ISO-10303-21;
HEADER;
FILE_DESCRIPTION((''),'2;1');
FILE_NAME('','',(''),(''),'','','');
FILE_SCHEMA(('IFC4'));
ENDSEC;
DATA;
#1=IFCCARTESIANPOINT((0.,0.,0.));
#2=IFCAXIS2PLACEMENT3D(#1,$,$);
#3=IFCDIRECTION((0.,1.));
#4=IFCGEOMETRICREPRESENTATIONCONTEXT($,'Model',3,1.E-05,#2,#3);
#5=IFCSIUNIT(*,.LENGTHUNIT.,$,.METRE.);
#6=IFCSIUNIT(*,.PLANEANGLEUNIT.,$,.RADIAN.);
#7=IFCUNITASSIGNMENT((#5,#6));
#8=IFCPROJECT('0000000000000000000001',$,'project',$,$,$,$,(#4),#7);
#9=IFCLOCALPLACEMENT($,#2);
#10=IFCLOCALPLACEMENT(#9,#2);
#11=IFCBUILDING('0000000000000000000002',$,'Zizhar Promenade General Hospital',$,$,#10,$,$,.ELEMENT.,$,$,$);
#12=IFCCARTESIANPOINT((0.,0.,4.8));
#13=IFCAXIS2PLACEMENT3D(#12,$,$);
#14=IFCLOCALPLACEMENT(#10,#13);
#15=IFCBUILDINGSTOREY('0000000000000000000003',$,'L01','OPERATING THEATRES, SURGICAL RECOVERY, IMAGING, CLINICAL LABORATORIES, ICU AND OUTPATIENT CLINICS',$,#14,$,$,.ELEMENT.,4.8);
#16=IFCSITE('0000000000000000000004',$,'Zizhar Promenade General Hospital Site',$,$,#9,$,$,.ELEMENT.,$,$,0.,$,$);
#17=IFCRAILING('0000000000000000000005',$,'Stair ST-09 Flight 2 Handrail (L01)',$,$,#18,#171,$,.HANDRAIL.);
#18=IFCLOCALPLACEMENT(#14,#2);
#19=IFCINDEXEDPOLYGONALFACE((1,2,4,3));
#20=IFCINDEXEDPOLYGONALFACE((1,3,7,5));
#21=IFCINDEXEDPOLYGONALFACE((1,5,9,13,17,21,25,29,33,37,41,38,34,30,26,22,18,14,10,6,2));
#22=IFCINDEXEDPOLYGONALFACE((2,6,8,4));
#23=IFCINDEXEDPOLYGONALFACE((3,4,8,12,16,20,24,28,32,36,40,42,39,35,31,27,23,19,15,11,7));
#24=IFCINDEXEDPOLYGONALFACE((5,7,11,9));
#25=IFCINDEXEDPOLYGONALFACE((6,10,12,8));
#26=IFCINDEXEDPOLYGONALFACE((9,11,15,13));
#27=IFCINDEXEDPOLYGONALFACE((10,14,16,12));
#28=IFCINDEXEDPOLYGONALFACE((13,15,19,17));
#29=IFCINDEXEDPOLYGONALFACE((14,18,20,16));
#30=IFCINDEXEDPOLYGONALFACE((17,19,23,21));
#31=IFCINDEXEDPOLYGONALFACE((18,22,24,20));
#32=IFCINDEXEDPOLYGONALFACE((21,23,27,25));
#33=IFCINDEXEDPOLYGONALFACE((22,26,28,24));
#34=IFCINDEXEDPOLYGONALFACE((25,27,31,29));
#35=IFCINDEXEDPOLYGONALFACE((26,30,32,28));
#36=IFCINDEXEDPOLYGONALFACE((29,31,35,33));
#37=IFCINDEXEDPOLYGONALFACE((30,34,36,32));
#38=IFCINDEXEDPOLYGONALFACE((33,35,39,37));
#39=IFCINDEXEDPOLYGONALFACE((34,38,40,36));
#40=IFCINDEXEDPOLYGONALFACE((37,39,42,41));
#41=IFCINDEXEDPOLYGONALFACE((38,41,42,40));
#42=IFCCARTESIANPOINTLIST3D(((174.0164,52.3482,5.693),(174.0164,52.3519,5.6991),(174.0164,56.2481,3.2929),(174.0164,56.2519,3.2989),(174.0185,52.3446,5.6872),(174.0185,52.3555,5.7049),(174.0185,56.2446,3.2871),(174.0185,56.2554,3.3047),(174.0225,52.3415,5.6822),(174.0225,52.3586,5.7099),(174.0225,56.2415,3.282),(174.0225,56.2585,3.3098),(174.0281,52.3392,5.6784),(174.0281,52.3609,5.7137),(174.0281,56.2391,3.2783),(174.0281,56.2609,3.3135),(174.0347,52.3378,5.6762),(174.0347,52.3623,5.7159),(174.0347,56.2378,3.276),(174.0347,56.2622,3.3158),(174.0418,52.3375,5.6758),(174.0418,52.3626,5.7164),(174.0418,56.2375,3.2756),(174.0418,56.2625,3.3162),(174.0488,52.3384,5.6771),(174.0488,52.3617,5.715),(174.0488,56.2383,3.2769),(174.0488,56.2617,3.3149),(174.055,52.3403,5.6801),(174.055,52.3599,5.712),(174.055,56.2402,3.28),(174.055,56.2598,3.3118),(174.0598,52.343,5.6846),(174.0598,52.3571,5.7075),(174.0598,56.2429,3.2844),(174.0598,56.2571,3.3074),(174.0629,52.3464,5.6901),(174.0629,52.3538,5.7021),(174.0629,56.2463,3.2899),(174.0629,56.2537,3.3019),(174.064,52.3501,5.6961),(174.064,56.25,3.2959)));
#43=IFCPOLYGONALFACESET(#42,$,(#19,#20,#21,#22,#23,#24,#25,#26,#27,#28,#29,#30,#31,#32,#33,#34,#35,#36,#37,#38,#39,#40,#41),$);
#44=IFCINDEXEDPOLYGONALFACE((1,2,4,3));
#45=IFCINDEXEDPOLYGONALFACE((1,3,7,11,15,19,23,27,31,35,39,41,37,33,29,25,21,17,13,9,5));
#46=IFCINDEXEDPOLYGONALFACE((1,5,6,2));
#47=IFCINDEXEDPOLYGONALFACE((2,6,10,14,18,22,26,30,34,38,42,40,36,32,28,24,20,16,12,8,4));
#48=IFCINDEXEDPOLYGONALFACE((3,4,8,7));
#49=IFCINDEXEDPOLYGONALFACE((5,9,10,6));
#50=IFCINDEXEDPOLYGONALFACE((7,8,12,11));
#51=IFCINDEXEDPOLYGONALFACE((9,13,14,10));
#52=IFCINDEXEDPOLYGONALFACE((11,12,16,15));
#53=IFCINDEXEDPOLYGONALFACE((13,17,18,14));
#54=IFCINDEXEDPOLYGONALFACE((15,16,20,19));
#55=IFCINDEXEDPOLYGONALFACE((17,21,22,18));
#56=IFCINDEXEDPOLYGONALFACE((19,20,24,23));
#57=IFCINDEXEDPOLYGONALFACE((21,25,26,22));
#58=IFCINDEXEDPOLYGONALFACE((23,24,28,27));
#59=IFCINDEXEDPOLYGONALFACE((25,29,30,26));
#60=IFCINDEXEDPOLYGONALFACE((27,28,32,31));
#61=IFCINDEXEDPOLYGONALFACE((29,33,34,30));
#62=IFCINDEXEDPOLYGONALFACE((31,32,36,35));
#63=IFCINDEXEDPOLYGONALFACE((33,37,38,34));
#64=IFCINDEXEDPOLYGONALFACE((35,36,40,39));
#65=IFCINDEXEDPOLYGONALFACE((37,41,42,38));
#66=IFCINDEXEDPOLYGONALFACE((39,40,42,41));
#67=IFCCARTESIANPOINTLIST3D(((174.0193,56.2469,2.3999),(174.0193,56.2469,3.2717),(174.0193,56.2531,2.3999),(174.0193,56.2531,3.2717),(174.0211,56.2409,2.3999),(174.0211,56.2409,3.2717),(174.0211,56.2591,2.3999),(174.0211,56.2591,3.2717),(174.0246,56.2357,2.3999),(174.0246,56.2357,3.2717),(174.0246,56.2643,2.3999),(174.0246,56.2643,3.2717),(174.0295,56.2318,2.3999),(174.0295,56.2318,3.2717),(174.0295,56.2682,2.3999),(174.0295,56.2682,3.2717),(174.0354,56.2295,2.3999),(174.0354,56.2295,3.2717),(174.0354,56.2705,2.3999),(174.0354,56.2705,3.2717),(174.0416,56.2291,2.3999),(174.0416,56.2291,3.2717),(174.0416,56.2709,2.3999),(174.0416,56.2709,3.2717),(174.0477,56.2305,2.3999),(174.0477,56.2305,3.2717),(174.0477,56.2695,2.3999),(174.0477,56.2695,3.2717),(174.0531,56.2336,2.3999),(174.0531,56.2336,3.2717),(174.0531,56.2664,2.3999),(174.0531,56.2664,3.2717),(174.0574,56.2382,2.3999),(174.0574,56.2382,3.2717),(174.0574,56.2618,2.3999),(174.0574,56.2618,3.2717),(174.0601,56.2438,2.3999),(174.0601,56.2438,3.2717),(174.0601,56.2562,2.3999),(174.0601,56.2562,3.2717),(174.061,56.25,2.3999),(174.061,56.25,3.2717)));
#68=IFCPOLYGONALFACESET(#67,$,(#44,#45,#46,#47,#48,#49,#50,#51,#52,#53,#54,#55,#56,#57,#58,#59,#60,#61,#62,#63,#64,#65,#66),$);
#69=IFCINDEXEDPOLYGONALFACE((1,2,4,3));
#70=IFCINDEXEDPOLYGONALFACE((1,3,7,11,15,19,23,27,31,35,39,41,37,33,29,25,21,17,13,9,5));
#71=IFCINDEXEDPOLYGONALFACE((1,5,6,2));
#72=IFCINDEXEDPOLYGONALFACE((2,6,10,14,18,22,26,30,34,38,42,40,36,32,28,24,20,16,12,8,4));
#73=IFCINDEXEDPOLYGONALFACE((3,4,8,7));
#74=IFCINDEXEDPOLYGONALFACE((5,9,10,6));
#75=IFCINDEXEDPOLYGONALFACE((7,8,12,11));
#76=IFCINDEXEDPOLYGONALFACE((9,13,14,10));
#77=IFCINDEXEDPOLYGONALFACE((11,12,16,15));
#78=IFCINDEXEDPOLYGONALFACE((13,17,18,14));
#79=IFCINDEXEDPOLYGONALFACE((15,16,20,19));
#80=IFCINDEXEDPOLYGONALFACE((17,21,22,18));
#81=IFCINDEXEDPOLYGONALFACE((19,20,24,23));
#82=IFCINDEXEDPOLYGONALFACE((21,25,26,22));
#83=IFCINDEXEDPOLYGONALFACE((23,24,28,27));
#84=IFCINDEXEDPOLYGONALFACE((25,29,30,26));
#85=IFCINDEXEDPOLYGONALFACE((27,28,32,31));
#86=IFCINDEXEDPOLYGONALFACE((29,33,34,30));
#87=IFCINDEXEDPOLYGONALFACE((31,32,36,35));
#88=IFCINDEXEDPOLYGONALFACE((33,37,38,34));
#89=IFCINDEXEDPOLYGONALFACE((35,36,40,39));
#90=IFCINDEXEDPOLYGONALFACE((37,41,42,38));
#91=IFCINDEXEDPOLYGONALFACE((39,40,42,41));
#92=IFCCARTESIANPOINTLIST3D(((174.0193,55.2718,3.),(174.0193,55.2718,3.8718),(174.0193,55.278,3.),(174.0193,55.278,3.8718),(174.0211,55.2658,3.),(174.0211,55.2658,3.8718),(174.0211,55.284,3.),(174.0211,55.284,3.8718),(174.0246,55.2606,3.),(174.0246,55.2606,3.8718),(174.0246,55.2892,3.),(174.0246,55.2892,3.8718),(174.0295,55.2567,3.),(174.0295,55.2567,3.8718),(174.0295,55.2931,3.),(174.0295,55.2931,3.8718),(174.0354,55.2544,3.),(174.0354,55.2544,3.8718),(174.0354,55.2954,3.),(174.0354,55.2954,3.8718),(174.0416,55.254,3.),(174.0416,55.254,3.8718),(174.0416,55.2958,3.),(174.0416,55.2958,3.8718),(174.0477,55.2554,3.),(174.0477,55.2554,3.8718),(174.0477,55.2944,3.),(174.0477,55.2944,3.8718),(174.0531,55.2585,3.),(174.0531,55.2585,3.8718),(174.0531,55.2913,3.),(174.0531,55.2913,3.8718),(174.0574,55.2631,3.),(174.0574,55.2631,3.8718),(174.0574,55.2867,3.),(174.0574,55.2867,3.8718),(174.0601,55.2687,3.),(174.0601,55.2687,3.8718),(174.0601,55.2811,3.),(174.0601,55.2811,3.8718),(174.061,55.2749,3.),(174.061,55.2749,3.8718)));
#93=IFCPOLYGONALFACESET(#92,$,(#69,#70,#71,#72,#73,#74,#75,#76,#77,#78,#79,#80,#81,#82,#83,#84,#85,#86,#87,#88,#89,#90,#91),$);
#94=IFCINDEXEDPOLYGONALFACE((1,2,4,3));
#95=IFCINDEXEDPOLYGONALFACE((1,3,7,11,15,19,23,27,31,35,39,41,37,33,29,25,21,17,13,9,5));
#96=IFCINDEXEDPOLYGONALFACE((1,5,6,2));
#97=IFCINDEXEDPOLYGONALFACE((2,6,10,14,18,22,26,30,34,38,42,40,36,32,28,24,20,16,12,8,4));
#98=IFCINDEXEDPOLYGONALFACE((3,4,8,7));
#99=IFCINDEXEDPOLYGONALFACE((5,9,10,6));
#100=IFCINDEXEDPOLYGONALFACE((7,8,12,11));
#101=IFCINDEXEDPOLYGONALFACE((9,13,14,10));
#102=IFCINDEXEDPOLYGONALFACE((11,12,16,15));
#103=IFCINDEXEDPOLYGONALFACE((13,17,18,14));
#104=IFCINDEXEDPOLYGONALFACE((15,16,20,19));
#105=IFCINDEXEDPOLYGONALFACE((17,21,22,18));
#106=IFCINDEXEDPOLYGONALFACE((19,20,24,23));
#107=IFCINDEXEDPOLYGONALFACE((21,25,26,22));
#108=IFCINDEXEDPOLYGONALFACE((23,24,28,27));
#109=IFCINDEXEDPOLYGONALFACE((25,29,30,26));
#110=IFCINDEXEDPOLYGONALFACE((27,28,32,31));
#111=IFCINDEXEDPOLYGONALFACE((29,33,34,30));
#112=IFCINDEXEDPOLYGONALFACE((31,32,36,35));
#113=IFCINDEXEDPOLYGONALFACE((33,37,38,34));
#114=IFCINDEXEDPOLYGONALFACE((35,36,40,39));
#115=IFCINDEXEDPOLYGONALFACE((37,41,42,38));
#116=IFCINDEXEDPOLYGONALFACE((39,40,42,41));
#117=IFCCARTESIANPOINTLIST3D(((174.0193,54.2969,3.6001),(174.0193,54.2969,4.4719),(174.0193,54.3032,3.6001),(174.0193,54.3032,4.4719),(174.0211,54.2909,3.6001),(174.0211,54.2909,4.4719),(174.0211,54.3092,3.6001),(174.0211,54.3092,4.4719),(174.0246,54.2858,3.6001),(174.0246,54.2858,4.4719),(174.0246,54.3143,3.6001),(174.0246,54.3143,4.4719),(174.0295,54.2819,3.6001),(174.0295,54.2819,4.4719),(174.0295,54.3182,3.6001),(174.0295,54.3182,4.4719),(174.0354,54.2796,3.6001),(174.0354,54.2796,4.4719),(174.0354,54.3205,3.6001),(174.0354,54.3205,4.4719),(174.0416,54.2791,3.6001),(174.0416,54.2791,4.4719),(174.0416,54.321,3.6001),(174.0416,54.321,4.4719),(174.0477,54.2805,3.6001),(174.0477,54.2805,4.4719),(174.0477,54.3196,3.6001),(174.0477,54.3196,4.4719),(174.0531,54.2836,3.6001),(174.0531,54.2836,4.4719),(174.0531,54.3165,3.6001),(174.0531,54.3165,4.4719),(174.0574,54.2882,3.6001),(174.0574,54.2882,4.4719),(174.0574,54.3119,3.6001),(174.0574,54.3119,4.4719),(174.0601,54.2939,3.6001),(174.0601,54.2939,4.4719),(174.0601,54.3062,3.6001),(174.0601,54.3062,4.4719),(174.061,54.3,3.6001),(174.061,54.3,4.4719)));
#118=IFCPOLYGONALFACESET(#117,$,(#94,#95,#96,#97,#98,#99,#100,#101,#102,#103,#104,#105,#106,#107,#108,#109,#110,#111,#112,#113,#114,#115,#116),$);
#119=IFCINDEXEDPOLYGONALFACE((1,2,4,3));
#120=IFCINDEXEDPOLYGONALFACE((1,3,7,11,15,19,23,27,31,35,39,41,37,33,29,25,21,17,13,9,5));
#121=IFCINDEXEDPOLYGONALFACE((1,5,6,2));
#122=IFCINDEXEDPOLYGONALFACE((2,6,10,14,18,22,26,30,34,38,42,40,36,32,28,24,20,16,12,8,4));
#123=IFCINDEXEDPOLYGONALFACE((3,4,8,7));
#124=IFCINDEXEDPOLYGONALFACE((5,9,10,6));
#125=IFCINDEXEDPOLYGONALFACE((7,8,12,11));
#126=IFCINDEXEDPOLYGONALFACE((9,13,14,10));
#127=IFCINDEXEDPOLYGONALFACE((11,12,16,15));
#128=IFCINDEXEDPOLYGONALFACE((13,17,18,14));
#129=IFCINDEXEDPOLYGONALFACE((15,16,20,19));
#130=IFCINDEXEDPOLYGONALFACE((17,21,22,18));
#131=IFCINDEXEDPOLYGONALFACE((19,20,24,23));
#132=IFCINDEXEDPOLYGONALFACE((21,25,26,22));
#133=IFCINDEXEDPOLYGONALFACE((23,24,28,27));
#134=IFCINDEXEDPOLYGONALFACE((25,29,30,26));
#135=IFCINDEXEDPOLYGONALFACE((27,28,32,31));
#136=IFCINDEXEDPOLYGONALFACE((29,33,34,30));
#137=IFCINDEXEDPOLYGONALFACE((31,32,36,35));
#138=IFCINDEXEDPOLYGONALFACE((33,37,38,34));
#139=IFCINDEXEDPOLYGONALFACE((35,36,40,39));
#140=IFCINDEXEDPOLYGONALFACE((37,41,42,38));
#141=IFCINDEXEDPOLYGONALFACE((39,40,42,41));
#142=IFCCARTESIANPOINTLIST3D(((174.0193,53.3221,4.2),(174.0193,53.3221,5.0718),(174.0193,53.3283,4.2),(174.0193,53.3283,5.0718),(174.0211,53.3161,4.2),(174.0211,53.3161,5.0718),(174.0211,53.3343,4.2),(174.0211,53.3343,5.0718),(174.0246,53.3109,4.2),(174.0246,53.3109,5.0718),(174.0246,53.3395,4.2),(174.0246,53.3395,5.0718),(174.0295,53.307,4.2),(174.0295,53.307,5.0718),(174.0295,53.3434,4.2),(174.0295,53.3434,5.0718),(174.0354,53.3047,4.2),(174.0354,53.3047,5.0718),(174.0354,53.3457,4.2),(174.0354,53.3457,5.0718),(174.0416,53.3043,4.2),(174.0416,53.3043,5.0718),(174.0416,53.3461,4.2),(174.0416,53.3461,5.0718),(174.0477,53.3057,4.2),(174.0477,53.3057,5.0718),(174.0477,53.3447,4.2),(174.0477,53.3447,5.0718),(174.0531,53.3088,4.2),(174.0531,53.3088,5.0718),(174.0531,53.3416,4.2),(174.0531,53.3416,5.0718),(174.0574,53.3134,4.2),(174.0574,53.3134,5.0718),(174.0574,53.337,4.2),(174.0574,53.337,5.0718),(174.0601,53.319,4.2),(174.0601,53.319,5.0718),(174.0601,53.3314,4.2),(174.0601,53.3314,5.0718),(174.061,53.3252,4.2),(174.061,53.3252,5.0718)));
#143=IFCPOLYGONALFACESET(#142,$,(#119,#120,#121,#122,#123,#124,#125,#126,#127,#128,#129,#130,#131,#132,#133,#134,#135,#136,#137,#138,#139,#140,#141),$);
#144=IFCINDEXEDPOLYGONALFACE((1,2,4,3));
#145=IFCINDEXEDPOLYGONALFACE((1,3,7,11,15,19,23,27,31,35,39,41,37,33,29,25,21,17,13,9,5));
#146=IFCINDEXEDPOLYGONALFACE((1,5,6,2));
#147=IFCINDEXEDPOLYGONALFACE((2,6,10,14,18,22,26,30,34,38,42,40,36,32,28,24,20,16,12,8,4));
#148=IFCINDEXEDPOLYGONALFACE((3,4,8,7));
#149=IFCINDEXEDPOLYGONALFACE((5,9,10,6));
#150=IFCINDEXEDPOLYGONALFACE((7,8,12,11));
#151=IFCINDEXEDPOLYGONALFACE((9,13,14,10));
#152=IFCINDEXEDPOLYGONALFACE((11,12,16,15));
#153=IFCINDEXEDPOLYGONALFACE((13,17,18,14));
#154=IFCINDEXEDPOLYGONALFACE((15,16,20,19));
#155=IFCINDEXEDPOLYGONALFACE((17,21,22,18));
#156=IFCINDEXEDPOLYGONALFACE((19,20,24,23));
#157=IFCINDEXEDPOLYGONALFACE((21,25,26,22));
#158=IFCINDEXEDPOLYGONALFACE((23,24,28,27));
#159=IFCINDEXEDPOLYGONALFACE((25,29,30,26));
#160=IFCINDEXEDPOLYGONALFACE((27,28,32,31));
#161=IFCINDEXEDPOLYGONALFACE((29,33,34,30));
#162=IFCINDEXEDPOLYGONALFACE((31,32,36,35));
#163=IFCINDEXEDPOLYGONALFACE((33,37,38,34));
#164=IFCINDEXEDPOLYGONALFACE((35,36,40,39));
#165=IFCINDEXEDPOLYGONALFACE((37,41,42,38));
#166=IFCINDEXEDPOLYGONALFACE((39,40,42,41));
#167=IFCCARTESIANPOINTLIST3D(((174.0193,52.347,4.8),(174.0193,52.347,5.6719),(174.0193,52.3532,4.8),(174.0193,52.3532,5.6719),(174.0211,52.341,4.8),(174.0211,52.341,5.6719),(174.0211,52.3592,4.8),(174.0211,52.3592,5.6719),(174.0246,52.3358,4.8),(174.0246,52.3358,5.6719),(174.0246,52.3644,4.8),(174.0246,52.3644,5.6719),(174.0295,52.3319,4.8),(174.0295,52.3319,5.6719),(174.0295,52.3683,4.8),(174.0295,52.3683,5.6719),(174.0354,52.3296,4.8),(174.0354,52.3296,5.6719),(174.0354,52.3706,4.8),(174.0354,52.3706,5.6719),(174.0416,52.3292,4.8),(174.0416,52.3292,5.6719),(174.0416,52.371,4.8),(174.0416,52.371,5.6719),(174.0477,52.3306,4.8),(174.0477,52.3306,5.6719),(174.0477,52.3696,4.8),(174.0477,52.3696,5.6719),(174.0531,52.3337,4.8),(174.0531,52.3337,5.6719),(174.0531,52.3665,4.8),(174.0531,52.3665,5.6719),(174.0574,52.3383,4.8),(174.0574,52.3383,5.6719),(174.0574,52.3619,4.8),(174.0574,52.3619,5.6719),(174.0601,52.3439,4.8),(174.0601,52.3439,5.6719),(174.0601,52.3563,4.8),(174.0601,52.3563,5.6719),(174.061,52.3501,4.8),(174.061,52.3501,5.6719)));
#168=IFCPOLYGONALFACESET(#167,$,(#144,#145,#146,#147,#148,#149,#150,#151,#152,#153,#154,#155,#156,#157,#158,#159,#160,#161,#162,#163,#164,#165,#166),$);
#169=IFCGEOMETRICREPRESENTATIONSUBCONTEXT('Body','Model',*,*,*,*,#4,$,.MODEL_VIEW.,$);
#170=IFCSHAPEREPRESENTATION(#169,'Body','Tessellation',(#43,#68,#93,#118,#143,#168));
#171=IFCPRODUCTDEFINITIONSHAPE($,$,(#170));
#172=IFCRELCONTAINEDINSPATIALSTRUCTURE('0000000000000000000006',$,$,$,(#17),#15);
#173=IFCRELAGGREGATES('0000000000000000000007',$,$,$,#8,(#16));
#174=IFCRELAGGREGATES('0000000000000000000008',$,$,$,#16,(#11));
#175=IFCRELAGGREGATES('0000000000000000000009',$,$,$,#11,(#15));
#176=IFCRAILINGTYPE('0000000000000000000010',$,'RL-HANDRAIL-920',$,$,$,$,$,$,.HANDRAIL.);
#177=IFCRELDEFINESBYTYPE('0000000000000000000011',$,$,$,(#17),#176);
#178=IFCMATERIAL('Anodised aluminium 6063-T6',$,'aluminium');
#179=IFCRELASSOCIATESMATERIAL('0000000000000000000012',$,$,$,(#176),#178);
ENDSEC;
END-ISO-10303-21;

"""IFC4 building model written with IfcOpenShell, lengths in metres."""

from ifc_helpers import new_model, si_unit, direction, frame, origin, origin_2d, place, context, subcontext, project, spatial, circle, hollow_circle, extrude, material, material_profile, profile_set, type_object, element, save


model = new_model("IFC4")

# Units and contexts
model_context = context("Model", 3, precision=1e-05, world=origin(), true_north=direction((0.0, 1.0)))
body_context = subcontext(model_context, "Body", "Model", "MODEL_VIEW")
ifc_project = project(units=[si_unit("LENGTHUNIT", "METRE"), si_unit("PLANEANGLEUNIT", "RADIAN")], contexts=[model_context])

# Site, building, storey
site_placement = place(None, origin())
site = spatial("IfcSite", under=ifc_project, at=site_placement, Name="Zizhar Promenade General Hospital Site", CompositionType="ELEMENT", RefElevation=0.0)
building_placement = place(site_placement, origin())
building = spatial("IfcBuilding", under=site, at=building_placement, Name="Zizhar Promenade General Hospital", CompositionType="ELEMENT")
storey_placement = place(building_placement, frame((0.0, 0.0, 4.8)))
storey = spatial("IfcBuildingStorey", under=building, at=storey_placement, Name="L01", Description="OPERATING THEATRES, SURGICAL RECOVERY, IMAGING, CLINICAL LABORATORIES, ICU AND OUTPATIENT CLINICS", CompositionType="ELEMENT", Elevation=4.8)

# Railing
ifc_material_1 = material(Name="Anodised aluminium 6063-T6", Category="aluminium")
ifc_material_profile_1 = material_profile(ifc_material_1, hollow_circle(Radius=0.0698, WallThickness=0.0063, at=origin_2d()))
ifc_profile_set_1 = profile_set([ifc_material_profile_1], Name="Anodised aluminium 6063-T6")
railing_type_1 = type_object("IfcRailingType", Name="RL-HANDRAIL-920", PredefinedType="HANDRAIL", material=ifc_profile_set_1)
railing_1_placement = place(storey_placement, frame((174.04, 56.25, 2.3999)))
element("IfcRailing", 1, at=railing_1_placement, inside=storey, type_object=railing_type_1, Name="Stair ST-09 Flight 2 Handrail (L01)", PredefinedType="HANDRAIL", context=body_context, shape_type="SweptSolid", body=[
    extrude(circle(Radius=0.0239, at=origin_2d()), frame((0.0, 0.0, 0.896), z_axis=(0.0, -0.851638, 0.52413), x_axis=(1.0, 0.0, 0.0)), (0.0, 0.0, 1.0), 4.5793),
    extrude(circle(Radius=0.021, at=origin_2d()), origin(), (0.0, 0.0, 1.0), 0.8718),
    extrude(circle(Radius=0.021, at=origin_2d()), frame((0.0, -0.9751, 0.6001)), (0.0, 0.0, 1.0), 0.8718),
    extrude(circle(Radius=0.021, at=origin_2d()), frame((0.0, -1.95, 1.2002)), (0.0, 0.0, 1.0), 0.8718),
    extrude(circle(Radius=0.021, at=origin_2d()), frame((0.0, -2.9248, 1.8)), (0.0, 0.0, 1.0), 0.8718),
    extrude(circle(Radius=0.021, at=origin_2d()), frame((0.0, -3.8999, 2.4001)), (0.0, 0.0, 1.0), 0.8718),
])

save(model, "model.ifc")
